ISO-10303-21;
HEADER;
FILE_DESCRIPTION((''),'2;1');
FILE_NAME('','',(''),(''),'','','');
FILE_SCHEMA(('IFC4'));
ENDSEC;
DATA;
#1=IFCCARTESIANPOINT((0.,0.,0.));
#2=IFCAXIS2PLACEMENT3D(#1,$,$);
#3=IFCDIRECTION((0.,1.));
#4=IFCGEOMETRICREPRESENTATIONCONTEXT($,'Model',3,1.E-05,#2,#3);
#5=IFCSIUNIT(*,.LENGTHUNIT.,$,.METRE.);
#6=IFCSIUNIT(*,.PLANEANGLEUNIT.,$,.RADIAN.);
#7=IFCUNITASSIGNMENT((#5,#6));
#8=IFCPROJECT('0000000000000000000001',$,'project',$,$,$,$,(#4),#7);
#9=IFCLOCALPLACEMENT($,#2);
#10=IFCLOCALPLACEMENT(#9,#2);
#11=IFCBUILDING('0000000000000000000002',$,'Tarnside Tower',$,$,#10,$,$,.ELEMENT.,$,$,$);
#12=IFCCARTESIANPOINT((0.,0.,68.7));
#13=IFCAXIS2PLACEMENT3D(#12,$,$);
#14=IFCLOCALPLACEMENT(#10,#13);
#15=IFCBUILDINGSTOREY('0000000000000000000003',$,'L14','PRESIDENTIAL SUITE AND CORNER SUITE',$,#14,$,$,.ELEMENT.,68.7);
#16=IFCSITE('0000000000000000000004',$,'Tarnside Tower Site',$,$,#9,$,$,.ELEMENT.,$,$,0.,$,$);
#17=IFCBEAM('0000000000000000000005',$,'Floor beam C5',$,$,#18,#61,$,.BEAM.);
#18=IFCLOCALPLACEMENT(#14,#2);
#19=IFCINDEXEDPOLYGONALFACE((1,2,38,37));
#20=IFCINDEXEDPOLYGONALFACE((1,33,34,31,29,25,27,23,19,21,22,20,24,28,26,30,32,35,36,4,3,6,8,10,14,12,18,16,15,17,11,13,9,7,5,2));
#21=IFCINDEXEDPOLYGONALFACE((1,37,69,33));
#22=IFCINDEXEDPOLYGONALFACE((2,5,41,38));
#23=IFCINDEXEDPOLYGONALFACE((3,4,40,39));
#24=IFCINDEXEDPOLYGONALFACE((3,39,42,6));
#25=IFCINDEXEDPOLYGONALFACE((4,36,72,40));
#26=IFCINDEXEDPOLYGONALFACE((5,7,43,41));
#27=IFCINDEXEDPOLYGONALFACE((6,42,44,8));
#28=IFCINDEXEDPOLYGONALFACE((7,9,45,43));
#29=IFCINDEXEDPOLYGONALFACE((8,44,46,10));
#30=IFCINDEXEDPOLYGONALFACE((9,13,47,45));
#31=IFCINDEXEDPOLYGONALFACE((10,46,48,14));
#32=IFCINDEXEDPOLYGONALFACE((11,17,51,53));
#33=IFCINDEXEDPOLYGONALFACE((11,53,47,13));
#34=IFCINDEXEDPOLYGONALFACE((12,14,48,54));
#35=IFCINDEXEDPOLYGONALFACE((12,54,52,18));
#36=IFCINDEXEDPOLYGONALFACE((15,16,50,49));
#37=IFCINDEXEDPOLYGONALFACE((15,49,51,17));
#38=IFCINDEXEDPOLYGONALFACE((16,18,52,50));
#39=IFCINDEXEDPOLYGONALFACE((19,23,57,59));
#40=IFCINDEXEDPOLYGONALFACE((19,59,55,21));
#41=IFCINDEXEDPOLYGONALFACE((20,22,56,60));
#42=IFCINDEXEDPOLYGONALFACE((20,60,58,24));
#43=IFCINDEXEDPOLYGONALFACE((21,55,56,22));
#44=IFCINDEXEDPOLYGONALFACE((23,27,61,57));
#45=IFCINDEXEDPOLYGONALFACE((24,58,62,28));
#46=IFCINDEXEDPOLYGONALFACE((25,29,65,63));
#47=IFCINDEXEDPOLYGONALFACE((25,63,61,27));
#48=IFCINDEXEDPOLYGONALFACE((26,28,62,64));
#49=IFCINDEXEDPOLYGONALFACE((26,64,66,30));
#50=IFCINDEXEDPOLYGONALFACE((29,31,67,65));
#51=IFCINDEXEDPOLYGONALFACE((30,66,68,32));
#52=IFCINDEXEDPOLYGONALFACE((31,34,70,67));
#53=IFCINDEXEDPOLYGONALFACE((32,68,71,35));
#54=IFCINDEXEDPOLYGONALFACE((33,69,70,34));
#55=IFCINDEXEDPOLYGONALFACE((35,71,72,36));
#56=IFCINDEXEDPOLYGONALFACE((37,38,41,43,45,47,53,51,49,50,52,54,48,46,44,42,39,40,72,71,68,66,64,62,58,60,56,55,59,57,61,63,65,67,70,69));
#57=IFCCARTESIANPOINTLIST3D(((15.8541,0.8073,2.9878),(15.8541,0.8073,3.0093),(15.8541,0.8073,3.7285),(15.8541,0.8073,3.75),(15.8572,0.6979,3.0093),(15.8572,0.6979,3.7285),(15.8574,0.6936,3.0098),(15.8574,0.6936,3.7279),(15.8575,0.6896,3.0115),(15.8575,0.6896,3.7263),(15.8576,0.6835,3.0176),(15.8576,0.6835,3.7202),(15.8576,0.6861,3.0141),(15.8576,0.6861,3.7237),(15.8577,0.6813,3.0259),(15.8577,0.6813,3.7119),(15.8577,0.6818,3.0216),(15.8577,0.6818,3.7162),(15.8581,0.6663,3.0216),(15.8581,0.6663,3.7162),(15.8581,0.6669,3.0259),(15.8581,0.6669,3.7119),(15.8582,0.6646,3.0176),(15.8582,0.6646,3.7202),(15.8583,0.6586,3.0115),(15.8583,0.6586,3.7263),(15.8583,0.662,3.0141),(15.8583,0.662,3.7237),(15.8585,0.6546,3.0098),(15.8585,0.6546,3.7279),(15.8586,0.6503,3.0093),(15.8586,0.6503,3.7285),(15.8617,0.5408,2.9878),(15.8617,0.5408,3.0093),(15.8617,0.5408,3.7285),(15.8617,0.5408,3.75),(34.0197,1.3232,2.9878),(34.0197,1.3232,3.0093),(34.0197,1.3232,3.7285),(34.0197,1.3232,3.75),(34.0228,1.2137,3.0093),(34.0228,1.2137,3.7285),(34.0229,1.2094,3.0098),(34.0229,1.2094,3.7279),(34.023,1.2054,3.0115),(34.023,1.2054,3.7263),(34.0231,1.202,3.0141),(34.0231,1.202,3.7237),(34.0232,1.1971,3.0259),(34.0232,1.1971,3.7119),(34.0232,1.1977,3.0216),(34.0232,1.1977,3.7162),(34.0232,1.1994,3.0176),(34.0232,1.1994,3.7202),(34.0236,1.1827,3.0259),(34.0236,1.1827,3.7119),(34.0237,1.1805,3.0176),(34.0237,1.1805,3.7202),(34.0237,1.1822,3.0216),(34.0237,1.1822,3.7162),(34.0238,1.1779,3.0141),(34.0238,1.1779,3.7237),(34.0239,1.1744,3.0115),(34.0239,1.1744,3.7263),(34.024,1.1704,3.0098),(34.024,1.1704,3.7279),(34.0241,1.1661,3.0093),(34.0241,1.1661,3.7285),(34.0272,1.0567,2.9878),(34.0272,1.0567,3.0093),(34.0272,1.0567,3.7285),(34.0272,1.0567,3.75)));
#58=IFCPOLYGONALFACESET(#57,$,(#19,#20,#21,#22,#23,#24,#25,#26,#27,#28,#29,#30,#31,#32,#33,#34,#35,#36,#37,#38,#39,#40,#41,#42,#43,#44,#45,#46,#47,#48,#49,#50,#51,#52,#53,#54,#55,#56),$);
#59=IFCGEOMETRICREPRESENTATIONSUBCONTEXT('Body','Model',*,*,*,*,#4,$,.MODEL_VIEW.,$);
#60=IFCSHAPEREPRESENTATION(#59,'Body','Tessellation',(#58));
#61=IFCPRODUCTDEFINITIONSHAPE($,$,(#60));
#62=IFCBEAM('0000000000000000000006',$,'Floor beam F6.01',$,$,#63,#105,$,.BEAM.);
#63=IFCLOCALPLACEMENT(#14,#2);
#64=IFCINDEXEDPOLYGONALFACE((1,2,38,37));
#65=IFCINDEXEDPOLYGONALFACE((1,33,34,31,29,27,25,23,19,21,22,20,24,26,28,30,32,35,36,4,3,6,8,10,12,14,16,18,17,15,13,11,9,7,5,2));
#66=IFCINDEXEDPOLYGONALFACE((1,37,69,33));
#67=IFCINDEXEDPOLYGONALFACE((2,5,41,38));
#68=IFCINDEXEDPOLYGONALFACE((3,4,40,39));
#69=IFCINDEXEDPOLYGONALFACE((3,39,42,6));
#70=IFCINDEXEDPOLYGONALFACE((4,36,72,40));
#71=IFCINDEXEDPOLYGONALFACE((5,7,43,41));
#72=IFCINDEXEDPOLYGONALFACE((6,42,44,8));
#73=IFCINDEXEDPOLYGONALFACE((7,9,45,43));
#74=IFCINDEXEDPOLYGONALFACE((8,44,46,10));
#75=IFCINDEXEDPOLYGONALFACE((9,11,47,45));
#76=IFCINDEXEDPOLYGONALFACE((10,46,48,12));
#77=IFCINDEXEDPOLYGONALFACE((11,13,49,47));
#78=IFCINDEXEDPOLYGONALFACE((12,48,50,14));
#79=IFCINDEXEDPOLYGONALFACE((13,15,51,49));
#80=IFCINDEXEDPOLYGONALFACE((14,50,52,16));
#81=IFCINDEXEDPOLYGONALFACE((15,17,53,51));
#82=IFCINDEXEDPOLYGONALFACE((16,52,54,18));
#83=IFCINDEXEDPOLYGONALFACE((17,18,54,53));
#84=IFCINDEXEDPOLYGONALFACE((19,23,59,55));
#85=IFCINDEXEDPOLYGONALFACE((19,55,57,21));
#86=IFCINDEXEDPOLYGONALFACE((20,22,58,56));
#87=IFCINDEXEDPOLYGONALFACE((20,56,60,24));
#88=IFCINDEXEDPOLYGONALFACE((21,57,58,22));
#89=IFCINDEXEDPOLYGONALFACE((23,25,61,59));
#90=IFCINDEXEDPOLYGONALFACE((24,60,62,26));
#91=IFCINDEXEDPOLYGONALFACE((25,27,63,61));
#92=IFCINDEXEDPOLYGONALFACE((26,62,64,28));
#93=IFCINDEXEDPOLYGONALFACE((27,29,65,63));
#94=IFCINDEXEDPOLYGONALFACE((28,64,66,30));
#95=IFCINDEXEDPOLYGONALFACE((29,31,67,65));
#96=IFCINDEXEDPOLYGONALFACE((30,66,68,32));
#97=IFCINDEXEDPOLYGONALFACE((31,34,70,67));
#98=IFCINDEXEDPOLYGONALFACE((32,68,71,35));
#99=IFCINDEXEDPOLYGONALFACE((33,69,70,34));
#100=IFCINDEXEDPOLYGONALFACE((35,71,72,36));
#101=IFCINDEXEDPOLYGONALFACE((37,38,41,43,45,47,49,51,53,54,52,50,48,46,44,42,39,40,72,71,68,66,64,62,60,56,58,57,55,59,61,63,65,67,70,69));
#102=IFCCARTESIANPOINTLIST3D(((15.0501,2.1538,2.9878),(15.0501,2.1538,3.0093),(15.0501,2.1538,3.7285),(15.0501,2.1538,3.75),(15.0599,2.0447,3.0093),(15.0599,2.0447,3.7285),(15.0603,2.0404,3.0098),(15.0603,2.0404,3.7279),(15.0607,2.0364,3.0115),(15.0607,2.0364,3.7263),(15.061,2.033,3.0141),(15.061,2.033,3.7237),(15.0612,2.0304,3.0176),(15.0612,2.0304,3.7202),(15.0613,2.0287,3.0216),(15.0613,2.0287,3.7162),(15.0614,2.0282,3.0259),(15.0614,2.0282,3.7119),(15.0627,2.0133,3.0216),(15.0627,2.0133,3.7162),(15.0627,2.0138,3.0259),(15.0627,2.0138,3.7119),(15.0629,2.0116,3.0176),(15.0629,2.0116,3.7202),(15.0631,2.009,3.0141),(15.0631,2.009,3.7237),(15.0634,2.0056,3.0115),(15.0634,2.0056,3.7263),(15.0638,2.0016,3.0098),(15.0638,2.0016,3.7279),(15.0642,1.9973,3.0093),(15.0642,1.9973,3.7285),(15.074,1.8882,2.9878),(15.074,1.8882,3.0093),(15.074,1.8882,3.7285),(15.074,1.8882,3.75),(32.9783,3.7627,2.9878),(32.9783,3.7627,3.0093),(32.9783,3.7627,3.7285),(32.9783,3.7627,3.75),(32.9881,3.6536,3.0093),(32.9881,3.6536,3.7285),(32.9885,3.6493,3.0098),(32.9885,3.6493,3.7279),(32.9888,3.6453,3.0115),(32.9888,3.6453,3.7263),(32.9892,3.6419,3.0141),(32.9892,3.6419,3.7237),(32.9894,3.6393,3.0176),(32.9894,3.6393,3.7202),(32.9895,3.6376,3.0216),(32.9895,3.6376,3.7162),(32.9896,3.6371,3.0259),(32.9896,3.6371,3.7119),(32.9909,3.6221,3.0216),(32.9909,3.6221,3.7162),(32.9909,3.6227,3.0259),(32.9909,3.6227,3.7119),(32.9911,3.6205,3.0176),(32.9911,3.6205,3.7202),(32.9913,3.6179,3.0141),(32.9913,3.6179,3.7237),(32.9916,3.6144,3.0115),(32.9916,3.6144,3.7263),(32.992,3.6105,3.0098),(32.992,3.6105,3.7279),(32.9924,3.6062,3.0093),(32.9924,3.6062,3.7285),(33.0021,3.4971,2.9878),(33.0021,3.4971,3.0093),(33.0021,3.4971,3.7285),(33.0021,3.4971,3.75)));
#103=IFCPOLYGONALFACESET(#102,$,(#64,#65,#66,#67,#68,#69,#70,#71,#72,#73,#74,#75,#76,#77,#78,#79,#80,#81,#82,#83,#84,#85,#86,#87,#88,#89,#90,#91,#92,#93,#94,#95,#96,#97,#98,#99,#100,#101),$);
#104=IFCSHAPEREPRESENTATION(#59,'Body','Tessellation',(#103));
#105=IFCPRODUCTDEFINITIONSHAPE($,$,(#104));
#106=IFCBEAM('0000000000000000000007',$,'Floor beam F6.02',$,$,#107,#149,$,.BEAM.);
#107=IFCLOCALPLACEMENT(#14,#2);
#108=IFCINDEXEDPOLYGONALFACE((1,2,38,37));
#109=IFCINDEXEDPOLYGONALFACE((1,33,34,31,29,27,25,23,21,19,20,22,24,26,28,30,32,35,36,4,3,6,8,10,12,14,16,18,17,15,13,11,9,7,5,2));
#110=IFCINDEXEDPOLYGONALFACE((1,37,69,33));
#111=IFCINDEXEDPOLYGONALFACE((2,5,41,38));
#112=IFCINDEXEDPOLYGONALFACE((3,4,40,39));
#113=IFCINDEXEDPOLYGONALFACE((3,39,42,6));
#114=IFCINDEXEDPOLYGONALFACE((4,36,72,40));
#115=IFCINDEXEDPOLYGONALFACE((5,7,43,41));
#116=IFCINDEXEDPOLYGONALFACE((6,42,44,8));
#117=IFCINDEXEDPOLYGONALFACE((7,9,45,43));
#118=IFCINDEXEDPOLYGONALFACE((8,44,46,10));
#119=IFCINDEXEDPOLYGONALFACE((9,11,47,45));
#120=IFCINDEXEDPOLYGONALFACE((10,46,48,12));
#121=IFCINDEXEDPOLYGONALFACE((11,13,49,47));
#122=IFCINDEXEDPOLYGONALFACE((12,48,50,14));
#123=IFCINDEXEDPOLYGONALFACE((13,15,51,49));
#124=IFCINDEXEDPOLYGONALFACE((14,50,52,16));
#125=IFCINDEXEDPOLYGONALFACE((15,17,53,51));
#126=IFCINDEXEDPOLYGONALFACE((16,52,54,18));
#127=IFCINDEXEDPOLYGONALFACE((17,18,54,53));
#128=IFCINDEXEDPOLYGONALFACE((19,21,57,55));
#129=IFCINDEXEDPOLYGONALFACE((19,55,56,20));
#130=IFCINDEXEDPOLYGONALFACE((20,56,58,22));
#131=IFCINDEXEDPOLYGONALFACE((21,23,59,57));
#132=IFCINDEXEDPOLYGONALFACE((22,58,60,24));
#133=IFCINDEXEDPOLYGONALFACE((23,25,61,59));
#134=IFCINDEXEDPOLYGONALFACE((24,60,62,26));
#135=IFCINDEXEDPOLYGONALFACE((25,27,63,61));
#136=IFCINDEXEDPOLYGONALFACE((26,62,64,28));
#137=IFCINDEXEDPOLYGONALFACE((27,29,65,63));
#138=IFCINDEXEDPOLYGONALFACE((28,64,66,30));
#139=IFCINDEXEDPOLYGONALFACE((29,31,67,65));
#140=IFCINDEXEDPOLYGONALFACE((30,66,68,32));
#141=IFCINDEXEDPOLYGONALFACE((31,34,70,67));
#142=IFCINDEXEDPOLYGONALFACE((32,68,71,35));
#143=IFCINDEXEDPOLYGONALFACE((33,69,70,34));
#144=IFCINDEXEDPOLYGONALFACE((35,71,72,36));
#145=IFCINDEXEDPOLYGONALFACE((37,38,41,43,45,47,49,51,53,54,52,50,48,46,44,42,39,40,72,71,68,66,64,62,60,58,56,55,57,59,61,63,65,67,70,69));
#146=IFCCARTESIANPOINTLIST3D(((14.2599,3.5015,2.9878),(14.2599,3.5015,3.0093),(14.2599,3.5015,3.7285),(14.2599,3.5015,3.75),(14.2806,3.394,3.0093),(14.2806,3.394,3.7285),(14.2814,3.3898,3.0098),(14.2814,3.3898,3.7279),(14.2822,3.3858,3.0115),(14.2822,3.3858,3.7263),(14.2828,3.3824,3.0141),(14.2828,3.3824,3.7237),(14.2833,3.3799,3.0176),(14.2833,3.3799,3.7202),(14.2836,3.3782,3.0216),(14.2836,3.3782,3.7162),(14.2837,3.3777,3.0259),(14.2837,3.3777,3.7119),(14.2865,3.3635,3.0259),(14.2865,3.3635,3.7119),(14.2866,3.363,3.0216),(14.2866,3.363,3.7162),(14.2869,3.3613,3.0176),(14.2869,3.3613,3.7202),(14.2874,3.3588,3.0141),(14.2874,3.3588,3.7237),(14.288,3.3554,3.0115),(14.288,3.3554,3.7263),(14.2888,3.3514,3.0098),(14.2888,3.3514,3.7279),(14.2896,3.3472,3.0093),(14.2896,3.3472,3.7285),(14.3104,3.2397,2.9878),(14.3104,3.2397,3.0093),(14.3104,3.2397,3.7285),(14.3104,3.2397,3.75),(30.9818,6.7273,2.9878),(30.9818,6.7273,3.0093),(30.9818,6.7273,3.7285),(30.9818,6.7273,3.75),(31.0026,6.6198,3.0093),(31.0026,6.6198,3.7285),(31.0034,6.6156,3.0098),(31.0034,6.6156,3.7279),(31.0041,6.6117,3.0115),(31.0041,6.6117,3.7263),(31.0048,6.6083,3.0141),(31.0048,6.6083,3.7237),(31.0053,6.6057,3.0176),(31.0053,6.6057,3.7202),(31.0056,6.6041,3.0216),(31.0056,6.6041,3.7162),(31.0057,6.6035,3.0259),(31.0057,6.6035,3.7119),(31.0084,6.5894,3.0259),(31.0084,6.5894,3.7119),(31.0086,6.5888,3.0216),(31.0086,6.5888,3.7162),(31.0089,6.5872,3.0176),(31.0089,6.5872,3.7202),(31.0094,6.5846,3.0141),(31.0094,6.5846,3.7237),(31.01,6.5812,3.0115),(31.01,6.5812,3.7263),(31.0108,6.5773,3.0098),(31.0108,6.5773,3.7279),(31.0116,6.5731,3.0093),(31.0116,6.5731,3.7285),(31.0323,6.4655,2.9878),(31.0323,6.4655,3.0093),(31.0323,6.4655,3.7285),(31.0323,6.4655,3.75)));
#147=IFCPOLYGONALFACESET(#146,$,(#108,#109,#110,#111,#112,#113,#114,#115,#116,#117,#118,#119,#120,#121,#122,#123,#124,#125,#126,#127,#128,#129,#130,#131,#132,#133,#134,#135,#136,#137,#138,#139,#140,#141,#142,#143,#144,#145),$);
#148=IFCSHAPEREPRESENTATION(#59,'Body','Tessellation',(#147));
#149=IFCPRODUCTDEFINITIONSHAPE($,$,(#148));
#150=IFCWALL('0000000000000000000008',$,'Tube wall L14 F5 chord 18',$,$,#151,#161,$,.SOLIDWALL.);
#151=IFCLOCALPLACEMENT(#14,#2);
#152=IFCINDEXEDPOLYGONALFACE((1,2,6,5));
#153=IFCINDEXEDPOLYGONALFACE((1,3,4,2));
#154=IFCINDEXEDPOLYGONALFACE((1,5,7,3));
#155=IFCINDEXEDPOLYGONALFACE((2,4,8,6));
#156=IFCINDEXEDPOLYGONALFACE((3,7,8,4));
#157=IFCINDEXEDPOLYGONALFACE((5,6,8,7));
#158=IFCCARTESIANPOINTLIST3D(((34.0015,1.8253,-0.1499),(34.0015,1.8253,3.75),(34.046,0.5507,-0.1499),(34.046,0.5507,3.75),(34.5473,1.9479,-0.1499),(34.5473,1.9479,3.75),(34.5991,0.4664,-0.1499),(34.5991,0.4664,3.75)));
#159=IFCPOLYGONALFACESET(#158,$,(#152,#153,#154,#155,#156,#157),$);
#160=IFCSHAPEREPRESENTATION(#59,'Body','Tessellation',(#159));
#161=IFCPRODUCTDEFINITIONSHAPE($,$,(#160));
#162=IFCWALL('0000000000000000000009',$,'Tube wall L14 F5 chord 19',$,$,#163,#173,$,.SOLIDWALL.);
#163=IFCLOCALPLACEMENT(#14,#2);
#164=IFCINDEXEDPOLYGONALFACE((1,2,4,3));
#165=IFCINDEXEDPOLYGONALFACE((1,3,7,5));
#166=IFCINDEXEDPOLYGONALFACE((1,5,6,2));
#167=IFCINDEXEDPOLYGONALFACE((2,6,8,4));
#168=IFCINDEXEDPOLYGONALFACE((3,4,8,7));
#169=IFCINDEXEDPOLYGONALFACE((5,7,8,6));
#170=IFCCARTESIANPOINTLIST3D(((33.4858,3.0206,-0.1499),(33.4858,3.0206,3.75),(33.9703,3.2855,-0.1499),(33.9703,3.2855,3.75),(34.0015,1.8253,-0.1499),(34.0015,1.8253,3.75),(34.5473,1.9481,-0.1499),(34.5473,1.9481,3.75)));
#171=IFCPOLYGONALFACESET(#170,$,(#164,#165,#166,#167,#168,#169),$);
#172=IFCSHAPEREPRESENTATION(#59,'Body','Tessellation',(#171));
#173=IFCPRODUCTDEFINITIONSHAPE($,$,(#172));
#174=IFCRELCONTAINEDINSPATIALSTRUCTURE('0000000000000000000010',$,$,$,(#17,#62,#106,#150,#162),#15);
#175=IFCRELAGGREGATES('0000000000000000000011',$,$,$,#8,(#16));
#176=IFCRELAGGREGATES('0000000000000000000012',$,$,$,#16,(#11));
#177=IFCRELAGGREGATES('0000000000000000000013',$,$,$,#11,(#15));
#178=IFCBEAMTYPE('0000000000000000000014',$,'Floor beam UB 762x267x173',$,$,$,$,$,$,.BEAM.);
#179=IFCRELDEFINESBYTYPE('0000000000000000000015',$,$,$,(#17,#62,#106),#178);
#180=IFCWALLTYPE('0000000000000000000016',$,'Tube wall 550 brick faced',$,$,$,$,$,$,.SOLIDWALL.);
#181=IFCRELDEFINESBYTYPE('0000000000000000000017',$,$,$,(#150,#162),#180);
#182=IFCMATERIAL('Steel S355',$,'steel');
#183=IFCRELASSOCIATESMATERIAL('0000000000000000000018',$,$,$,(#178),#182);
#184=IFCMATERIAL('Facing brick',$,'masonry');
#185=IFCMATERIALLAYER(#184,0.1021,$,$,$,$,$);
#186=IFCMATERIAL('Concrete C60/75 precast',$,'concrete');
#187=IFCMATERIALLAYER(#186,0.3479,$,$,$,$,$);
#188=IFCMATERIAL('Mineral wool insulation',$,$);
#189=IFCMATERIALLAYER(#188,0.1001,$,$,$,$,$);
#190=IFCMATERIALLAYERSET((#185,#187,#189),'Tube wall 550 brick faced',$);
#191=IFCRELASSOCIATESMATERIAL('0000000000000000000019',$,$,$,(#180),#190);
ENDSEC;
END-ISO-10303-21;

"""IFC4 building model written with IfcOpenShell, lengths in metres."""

from ifc_helpers import new_model, si_unit, direction, frame, origin, origin_2d, place, context, subcontext, project, spatial, polyline, i_section, outline, extrude, material, layer, layer_set, material_profile, profile_set, type_object, element, save


model = new_model("IFC4")

# Units and contexts
model_context = context("Model", 3, precision=1e-05, world=origin(), true_north=direction((0.0, 1.0)))
body_context = subcontext(model_context, "Body", "Model", "MODEL_VIEW")
ifc_project = project(units=[si_unit("LENGTHUNIT", "METRE"), si_unit("PLANEANGLEUNIT", "RADIAN")], contexts=[model_context])

# Site, building, storey
site_placement = place(None, origin())
site = spatial("IfcSite", under=ifc_project, at=site_placement, Name="Tarnside Tower Site", CompositionType="ELEMENT", RefElevation=0.0)
building_placement = place(site_placement, origin())
building = spatial("IfcBuilding", under=site, at=building_placement, Name="Tarnside Tower", CompositionType="ELEMENT")
storey_placement = place(building_placement, frame((0.0, 0.0, 68.7)))
storey = spatial("IfcBuildingStorey", under=building, at=storey_placement, Name="L14", Description="PRESIDENTIAL SUITE AND CORNER SUITE", CompositionType="ELEMENT", Elevation=68.7)

# Beams
ifc_material_1 = material(Name="Steel S355", Category="steel")
ifc_material_profile = material_profile(ifc_material_1, i_section(OverallWidth=0.2666, OverallDepth=0.7622, WebThickness=0.0144, FlangeThickness=0.0215, FilletRadius=0.0166, at=origin_2d()), Name="UB 762x267x173")
ifc_profile_set = profile_set([ifc_material_profile], Name="Steel S355")
beam_type = type_object("IfcBeamType", Name="Floor beam UB 762x267x173", PredefinedType="BEAM", material=ifc_profile_set)
beam_1_placement = place(storey_placement, frame((34.0234, 1.1899, 3.3689), z_axis=(-0.999597, -0.028387, 0.0), x_axis=(0.028387, -0.999597, 0.0)))
element("IfcBeam", 1, at=beam_1_placement, inside=storey, type_object=beam_type, Name="Floor beam C5", PredefinedType="BEAM", context=body_context, shape_type="SweptSolid", body=[
    extrude(i_section(OverallWidth=0.2666, OverallDepth=0.7622, WebThickness=0.0144, FlangeThickness=0.0215, FilletRadius=0.0166, at=origin_2d()), origin(), (0.0, 0.0, 1.0), 18.1729),
])
beam_2_placement = place(storey_placement, frame((32.9902, 3.6299, 3.3689), z_axis=(-0.995997, -0.089381, 0.0), x_axis=(0.089381, -0.995997, 0.0)))
element("IfcBeam", 2, at=beam_2_placement, inside=storey, type_object=beam_type, Name="Floor beam F6.01", PredefinedType="BEAM", context=body_context, shape_type="SweptSolid", body=[
    extrude(i_section(OverallWidth=0.2666, OverallDepth=0.7622, WebThickness=0.0144, FlangeThickness=0.0215, FilletRadius=0.0166, at=origin_2d()), origin(), (0.0, 0.0, 1.0), 18.0002),
])
beam_3_placement = place(storey_placement, frame((31.0071, 6.5964, 3.3689), z_axis=(-0.981897, -0.189418, 0.0), x_axis=(0.189418, -0.981897, 0.0)))
element("IfcBeam", 3, at=beam_3_placement, inside=storey, type_object=beam_type, Name="Floor beam F6.02", PredefinedType="BEAM", context=body_context, shape_type="SweptSolid", body=[
    extrude(i_section(OverallWidth=0.2666, OverallDepth=0.7622, WebThickness=0.0144, FlangeThickness=0.0215, FilletRadius=0.0166, at=origin_2d()), origin(), (0.0, 0.0, 1.0), 17.0303),
])

# Walls
ifc_material_2 = material(Name="Facing brick", Category="masonry")
ifc_layer_1 = layer(ifc_material_2, 0.1021)
ifc_material_3 = material(Name="Concrete C60/75 precast", Category="concrete")
ifc_layer_2 = layer(ifc_material_3, 0.3479)
ifc_material_4 = material(Name="Mineral wool insulation")
ifc_layer_3 = layer(ifc_material_4, 0.1001)
ifc_layer_set_1 = layer_set([ifc_layer_1, ifc_layer_2, ifc_layer_3], Name="Tube wall 550 brick faced")
wall_type = type_object("IfcWallType", Name="Tube wall 550 brick faced", PredefinedType="SOLIDWALL", material=ifc_layer_set_1)
wall_1_placement = place(storey_placement, frame((34.3225, 0.5085, -0.1499), z_axis=(0.0, 0.0, 1.0), x_axis=(-0.034877, 0.999392, 0.0)))
element("IfcWall", 4, at=wall_1_placement, inside=storey, type_object=wall_type, Name="Tube wall L14 F5 chord 18", PredefinedType="SOLIDWALL", context=body_context, shape_type="SweptSolid", body=[
    extrude(outline(polyline([(-0.0518, -0.2749), (1.4307, -0.2749), (1.3271, 0.2749), (0.0518, 0.2749), (-0.0518, -0.2749)])), origin(), (0.0, 0.0, 1.0), 3.8999),
])
wall_2_placement = place(storey_placement, frame((34.2744, 1.8867, -0.1499), z_axis=(0.0, 0.0, 1.0), x_axis=(-0.396161, 0.918181, 0.0)))
element("IfcWall", 5, at=wall_2_placement, inside=storey, type_object=wall_type, Name="Tube wall L14 F5 chord 19", PredefinedType="SOLIDWALL", context=body_context, shape_type="SweptSolid", body=[
    extrude(outline(polyline([(-0.0518, -0.2749), (1.4048, -0.2749), (1.3535, 0.2749), (0.0518, 0.2749), (-0.0518, -0.2749)])), origin(), (0.0, 0.0, 1.0), 3.8999),
])

save(model, "model.ifc")
